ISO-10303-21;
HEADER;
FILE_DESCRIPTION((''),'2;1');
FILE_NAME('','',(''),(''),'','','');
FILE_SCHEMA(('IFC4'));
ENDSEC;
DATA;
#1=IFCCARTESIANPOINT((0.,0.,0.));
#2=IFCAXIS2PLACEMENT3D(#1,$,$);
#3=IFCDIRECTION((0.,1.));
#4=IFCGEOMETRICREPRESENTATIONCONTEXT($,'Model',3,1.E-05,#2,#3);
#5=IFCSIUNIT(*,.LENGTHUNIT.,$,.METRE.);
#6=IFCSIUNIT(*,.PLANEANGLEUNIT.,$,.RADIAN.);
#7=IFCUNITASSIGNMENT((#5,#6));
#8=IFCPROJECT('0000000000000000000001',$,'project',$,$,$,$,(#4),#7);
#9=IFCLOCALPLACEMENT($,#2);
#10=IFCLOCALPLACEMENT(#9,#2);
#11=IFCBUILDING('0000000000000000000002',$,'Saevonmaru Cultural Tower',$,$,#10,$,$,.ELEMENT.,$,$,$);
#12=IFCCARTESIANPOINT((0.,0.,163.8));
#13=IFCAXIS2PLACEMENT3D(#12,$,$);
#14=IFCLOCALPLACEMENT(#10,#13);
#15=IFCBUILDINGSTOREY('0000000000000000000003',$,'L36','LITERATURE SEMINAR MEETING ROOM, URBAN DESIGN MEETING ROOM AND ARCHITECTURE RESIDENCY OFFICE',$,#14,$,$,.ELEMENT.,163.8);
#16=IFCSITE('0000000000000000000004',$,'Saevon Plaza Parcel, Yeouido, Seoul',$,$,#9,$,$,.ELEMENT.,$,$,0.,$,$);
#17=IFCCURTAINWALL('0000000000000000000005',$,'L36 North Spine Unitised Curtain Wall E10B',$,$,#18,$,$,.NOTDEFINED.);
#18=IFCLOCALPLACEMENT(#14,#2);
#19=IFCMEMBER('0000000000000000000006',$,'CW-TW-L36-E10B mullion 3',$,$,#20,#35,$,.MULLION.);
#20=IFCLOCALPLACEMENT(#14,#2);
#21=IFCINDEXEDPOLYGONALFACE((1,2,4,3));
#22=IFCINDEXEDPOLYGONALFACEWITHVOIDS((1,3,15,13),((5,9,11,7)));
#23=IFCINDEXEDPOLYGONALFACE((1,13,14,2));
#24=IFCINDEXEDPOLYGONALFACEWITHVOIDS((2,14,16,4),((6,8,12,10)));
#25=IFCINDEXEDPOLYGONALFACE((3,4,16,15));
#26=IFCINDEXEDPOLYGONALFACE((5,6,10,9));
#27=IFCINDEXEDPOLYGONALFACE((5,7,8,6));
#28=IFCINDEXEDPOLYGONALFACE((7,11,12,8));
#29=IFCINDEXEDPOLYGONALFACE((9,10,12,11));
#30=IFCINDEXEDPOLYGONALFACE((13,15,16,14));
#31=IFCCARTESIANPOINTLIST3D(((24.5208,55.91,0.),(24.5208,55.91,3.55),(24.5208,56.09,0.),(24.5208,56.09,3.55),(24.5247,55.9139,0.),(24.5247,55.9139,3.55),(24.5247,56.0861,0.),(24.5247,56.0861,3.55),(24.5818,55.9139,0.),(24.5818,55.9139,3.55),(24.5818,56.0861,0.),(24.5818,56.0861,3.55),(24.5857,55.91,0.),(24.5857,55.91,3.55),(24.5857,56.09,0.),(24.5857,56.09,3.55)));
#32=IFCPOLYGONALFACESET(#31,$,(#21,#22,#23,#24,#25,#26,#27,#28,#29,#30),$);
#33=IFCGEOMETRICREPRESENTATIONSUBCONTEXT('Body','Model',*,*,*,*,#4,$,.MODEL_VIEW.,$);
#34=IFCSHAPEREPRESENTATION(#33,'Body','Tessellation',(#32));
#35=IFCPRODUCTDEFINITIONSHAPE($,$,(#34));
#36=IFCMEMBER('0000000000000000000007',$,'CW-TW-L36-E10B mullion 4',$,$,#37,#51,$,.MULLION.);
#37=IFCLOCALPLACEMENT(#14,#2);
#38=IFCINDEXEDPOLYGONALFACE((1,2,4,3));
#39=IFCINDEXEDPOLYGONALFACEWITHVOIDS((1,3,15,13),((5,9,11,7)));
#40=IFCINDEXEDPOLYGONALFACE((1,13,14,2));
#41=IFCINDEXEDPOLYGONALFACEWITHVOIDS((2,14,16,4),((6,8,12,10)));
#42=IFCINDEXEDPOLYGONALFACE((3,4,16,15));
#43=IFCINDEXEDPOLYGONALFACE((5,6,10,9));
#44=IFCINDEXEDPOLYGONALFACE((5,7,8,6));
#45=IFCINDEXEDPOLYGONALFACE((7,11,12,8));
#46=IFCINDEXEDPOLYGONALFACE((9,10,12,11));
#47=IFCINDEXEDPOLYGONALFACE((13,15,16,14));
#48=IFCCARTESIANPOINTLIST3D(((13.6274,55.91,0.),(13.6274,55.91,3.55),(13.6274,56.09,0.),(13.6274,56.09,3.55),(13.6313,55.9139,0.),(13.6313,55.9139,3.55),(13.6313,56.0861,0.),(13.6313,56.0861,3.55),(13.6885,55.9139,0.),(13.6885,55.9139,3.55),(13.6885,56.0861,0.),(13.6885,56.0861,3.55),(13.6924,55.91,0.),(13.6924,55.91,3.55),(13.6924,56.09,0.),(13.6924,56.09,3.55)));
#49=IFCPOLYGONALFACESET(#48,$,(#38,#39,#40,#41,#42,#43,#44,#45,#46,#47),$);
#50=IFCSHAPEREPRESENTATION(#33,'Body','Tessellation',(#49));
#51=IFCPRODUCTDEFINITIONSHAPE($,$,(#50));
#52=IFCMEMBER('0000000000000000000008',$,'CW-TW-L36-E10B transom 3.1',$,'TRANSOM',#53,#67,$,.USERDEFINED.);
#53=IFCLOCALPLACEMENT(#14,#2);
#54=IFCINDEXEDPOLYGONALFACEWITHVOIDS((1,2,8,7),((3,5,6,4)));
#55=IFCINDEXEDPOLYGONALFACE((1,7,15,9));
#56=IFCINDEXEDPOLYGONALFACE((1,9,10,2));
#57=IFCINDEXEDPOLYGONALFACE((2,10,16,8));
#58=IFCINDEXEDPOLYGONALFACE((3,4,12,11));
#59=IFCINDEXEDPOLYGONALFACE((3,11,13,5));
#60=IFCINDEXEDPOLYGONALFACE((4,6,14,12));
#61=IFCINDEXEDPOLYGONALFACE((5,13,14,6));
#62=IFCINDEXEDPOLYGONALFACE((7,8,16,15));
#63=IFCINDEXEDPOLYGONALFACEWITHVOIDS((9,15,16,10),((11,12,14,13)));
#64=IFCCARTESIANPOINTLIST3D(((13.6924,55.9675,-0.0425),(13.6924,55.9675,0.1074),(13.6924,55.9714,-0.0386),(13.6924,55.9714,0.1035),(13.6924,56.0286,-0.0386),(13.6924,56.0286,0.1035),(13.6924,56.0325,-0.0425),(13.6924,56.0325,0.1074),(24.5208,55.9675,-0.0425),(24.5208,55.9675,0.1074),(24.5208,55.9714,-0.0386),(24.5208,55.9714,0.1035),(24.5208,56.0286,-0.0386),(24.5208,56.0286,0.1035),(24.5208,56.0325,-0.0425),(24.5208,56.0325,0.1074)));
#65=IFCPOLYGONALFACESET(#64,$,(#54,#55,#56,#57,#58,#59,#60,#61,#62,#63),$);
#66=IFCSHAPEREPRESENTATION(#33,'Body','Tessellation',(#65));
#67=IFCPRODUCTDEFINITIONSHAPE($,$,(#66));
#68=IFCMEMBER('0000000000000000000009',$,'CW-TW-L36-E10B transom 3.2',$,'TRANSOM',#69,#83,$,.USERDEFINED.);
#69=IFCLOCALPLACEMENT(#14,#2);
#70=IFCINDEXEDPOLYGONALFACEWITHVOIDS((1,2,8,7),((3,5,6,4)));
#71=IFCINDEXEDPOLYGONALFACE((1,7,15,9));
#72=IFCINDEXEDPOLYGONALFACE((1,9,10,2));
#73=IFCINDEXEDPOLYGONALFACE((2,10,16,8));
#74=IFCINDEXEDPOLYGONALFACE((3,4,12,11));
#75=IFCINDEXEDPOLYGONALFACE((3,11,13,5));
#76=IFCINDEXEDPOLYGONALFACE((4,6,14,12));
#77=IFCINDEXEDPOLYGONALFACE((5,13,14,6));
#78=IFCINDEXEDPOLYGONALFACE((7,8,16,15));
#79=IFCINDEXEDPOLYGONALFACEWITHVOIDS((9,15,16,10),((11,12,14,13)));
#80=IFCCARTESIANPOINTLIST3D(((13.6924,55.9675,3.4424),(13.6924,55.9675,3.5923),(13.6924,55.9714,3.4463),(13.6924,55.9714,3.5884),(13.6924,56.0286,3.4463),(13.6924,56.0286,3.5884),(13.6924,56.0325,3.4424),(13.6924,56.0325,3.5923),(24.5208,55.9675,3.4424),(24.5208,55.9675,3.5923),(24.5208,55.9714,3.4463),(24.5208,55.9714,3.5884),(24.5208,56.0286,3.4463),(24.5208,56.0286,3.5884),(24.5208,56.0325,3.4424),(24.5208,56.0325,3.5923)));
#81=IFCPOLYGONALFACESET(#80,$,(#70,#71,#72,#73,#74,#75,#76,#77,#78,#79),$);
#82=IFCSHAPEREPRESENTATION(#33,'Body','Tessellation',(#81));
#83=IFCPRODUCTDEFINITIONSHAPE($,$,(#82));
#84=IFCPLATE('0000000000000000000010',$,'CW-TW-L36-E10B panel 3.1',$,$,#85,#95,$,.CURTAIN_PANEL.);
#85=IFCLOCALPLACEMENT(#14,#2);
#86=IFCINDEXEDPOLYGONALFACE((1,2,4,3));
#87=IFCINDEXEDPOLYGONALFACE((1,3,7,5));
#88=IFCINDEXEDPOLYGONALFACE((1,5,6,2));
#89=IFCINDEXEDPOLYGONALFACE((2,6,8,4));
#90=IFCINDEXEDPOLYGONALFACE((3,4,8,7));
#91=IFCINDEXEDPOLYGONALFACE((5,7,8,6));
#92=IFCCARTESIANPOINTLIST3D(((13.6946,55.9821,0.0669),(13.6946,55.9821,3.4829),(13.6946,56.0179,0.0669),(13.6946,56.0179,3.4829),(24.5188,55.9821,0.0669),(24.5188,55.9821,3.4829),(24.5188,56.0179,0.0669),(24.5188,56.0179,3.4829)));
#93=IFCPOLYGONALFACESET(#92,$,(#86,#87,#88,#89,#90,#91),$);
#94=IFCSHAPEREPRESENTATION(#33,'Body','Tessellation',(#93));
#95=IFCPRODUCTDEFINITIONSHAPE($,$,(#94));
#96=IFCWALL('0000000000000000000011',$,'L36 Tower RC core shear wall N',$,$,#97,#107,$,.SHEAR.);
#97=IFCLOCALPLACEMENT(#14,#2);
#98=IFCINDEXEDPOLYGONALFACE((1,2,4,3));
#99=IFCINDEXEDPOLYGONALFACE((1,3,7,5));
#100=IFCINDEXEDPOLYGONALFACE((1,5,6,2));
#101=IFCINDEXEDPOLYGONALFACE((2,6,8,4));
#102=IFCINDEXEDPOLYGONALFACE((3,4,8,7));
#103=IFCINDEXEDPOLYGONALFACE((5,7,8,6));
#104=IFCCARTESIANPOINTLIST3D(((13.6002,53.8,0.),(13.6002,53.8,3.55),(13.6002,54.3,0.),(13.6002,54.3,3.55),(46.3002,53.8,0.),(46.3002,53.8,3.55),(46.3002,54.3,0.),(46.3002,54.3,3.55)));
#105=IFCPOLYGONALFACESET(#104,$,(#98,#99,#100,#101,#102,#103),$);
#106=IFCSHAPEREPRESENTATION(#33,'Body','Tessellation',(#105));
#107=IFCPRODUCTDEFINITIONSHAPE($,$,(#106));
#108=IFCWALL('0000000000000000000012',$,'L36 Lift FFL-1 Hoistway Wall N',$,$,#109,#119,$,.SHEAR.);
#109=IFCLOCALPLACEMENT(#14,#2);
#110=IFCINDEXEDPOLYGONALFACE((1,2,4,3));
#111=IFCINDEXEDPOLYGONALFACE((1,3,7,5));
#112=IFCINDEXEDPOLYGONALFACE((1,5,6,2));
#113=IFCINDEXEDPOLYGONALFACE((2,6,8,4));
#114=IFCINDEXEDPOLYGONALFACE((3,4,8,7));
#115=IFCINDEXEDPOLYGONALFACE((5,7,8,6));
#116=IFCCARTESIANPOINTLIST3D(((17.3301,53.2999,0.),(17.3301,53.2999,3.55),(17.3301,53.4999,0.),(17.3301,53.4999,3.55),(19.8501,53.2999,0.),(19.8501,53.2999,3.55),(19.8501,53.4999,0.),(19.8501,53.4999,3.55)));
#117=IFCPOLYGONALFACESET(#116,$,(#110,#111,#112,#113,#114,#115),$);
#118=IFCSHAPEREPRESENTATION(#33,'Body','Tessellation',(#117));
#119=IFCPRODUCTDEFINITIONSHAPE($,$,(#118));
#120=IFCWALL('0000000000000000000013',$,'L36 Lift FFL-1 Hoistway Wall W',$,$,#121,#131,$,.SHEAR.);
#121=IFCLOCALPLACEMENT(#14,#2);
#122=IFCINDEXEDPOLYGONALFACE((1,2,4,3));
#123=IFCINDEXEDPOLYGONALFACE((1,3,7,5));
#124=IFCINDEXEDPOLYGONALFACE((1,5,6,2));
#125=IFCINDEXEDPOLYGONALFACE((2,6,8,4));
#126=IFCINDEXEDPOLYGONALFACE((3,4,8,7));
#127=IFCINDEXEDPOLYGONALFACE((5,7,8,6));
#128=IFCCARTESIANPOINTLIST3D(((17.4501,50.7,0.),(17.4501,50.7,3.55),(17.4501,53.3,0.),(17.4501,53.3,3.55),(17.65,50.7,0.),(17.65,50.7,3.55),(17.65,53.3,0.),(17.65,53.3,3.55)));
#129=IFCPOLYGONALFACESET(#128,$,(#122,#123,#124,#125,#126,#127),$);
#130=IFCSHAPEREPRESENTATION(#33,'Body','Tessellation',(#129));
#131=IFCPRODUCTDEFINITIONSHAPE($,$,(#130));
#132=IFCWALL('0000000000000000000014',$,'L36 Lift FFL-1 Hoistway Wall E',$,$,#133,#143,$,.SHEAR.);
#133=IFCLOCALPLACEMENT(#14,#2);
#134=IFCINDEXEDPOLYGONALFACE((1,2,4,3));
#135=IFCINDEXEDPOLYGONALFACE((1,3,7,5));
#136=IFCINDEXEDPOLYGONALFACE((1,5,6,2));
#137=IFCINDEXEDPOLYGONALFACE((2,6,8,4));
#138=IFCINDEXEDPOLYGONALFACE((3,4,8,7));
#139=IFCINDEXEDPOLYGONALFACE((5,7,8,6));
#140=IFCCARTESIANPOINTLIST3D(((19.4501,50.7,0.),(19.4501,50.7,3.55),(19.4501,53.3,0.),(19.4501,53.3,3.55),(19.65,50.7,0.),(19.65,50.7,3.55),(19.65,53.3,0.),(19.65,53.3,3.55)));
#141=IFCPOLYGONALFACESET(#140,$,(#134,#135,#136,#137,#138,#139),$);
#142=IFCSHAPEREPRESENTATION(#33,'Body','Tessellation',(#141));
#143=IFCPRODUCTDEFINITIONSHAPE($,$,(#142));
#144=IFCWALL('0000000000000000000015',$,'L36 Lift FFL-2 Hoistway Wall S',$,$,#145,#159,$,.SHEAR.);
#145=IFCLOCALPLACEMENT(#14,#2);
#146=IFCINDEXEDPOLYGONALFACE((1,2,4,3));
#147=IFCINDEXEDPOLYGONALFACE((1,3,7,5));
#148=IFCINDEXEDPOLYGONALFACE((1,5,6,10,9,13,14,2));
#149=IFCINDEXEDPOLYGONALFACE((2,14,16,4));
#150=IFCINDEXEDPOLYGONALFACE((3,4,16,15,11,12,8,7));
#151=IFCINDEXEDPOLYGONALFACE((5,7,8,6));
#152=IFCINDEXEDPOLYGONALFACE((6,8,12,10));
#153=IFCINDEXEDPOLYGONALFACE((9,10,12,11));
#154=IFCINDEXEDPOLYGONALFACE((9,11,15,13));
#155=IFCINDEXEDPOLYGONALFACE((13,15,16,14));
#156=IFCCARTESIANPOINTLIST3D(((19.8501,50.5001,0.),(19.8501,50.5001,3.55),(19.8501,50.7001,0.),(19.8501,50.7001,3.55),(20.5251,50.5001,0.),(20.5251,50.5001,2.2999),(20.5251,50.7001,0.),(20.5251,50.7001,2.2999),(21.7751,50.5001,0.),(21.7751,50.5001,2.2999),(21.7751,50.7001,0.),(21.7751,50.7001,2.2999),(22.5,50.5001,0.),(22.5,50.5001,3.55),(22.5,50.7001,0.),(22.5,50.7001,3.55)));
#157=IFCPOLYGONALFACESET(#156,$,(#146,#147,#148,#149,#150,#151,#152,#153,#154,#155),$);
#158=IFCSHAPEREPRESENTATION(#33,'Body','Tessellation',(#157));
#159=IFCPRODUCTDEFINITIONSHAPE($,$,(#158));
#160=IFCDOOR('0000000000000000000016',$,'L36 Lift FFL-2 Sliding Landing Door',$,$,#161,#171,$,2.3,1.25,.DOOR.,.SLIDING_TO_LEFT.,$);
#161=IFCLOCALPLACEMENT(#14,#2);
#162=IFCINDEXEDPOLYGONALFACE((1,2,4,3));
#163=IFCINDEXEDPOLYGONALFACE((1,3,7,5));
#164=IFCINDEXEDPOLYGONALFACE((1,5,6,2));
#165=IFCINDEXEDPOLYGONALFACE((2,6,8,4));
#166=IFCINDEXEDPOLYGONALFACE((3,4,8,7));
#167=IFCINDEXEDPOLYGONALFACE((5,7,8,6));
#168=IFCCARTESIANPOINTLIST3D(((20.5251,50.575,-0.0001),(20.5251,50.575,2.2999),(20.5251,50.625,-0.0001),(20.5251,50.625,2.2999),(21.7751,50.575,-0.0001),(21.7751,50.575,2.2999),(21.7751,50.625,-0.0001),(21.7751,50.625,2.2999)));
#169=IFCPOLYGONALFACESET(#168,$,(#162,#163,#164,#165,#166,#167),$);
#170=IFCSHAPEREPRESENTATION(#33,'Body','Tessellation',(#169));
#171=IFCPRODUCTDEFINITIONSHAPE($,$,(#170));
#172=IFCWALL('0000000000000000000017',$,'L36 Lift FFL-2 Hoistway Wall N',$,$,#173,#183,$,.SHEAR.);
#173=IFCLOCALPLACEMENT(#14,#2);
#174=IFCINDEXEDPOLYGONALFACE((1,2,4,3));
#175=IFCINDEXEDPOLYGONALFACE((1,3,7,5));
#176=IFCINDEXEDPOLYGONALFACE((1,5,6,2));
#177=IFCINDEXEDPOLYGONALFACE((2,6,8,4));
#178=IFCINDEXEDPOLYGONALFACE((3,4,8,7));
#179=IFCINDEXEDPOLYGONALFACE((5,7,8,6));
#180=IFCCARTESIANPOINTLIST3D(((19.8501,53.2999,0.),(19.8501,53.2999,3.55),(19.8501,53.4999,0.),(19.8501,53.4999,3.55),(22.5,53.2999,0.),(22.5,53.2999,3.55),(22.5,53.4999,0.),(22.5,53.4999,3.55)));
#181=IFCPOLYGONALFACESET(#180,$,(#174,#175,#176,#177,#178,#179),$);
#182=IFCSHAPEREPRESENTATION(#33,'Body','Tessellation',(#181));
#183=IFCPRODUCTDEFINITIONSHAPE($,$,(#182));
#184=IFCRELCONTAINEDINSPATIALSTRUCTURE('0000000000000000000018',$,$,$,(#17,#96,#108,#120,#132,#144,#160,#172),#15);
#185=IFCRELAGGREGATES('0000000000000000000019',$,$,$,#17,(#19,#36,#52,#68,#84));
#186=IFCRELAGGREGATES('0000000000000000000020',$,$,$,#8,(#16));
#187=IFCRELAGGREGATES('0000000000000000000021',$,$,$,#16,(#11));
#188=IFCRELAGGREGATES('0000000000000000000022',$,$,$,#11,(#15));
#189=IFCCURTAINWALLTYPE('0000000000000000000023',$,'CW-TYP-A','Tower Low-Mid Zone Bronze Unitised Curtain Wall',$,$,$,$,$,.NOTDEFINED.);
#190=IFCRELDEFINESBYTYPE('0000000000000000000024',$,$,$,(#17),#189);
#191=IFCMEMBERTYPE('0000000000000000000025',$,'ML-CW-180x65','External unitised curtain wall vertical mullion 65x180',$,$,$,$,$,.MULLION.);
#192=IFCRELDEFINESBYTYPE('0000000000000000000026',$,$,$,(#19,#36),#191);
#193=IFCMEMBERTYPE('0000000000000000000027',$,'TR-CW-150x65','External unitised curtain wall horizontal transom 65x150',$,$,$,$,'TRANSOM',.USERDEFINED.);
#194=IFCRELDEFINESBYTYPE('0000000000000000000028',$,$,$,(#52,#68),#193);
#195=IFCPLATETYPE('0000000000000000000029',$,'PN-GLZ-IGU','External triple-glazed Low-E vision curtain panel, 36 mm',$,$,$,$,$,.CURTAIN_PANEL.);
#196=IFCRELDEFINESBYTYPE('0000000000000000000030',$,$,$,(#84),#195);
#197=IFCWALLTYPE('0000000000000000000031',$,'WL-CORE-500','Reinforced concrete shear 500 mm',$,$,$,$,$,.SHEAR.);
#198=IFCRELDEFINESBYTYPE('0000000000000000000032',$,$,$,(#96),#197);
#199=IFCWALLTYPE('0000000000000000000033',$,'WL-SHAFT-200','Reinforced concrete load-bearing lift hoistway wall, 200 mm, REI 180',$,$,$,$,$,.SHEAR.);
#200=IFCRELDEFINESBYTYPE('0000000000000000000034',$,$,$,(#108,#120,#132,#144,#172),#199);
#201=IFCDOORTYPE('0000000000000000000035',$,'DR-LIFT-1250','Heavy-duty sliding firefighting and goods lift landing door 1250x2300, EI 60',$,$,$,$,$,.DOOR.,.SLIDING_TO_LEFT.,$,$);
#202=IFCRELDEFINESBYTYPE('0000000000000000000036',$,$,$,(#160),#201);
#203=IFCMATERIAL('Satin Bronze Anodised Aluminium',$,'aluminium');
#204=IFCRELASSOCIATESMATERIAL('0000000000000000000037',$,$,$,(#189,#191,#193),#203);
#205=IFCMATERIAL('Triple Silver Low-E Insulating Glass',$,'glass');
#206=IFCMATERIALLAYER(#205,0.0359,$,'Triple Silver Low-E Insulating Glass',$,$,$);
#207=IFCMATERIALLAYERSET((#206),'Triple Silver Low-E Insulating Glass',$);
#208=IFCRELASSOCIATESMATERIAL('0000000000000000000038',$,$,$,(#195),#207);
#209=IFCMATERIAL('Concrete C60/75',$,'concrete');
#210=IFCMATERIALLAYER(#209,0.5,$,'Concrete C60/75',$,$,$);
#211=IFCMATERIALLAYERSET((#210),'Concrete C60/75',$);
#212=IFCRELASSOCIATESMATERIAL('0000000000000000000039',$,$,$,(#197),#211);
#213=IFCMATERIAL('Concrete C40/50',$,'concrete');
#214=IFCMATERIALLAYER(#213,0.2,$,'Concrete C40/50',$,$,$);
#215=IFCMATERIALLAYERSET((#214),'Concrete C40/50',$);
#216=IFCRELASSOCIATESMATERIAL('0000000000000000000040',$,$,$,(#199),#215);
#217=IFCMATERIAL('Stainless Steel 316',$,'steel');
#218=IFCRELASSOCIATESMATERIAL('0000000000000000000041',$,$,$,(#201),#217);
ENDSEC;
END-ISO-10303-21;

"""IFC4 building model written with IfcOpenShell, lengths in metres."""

from ifc_helpers import new_model, si_unit, direction, frame, frame_2d, origin, origin_2d, place, context, subcontext, project, spatial, rectangle, hollow_rectangle, extrude, material, layer, layer_set, material_profile, profile_set, type_object, element, fill, aggregate, save


model = new_model("IFC4")

# Units and contexts
model_context = context("Model", 3, precision=1e-05, world=origin(), true_north=direction((0.0, 1.0)))
body_context = subcontext(model_context, "Body", "Model", "MODEL_VIEW")
ifc_project = project(units=[si_unit("LENGTHUNIT", "METRE"), si_unit("PLANEANGLEUNIT", "RADIAN")], contexts=[model_context])

# Site, building, storey
site_placement = place(None, origin())
site = spatial("IfcSite", under=ifc_project, at=site_placement, Name="Saevon Plaza Parcel, Yeouido, Seoul", CompositionType="ELEMENT", RefElevation=0.0)
building_placement = place(site_placement, origin())
building = spatial("IfcBuilding", under=site, at=building_placement, Name="Saevonmaru Cultural Tower", CompositionType="ELEMENT")
storey_placement = place(building_placement, frame((0.0, 0.0, 163.8)))
storey = spatial("IfcBuildingStorey", under=building, at=storey_placement, Name="L36", Description="LITERATURE SEMINAR MEETING ROOM, URBAN DESIGN MEETING ROOM AND ARCHITECTURE RESIDENCY OFFICE", CompositionType="ELEMENT", Elevation=163.8)

# Curtain wall, members, plate
ifc_material_1 = material(Name="Satin Bronze Anodised Aluminium", Category="aluminium")
curtain_wall_type = type_object("IfcCurtainWallType", Name="CW-TYP-A", Description="Tower Low-Mid Zone Bronze Unitised Curtain Wall", PredefinedType="NOTDEFINED", material=ifc_material_1)
curtain_wall_placement = place(storey_placement, origin())
curtain_wall = element("IfcCurtainWall", 1, at=curtain_wall_placement, inside=storey, type_object=curtain_wall_type, Name="L36 North Spine Unitised Curtain Wall E10B", PredefinedType="NOTDEFINED")
ifc_material_profile_1 = material_profile(ifc_material_1, hollow_rectangle(XDim=0.0649, YDim=0.1799, WallThickness=0.0039, at=origin_2d()), Name="ALU-MULL-180x65x4")
ifc_profile_set_1 = profile_set([ifc_material_profile_1], Name="Satin Bronze Anodised Aluminium")
member_type_1 = type_object("IfcMemberType", Name="ML-CW-180x65", Description="External unitised curtain wall vertical mullion 65x180", PredefinedType="MULLION", material=ifc_profile_set_1)
member_1_placement = place(storey_placement, frame((24.5532, 56.0, 0.0), z_axis=(0.0, 0.0, 1.0), x_axis=(-1.0, 0.0, 0.0)))
member_1 = element("IfcMember", 2, at=member_1_placement, type_object=member_type_1, Name="CW-TW-L36-E10B mullion 3", PredefinedType="MULLION", context=body_context, shape_type="SweptSolid", body=[
    extrude(hollow_rectangle(XDim=0.0649, YDim=0.1799, WallThickness=0.0039, at=origin_2d()), origin(), (0.0, 0.0, 1.0), 3.55),
])
member_2_placement = place(storey_placement, frame((13.6599, 56.0, 0.0), z_axis=(0.0, 0.0, 1.0), x_axis=(-1.0, 0.0, 0.0)))
member_2 = element("IfcMember", 3, at=member_2_placement, type_object=member_type_1, Name="CW-TW-L36-E10B mullion 4", PredefinedType="MULLION", context=body_context, shape_type="SweptSolid", body=[
    extrude(hollow_rectangle(XDim=0.0649, YDim=0.1799, WallThickness=0.0039, at=origin_2d()), origin(), (0.0, 0.0, 1.0), 3.55),
])
ifc_material_profile_2 = material_profile(ifc_material_1, hollow_rectangle(XDim=0.0649, YDim=0.1499, WallThickness=0.0039, at=origin_2d()), Name="ALU-TRAN-150x65x4")
ifc_profile_set_2 = profile_set([ifc_material_profile_2], Name="Satin Bronze Anodised Aluminium")
member_type_2 = type_object("IfcMemberType", Name="TR-CW-150x65", Description="External unitised curtain wall horizontal transom 65x150", ElementType="TRANSOM", PredefinedType="USERDEFINED", material=ifc_profile_set_2)
member_3_placement = place(storey_placement, frame((24.5208, 56.0, 0.0325), z_axis=(-1.0, 0.0, 0.0), x_axis=(0.0, -1.0, 0.0)))
member_3 = element("IfcMember", 4, at=member_3_placement, type_object=member_type_2, Name="CW-TW-L36-E10B transom 3.1", ObjectType="TRANSOM", PredefinedType="USERDEFINED", context=body_context, shape_type="SweptSolid", body=[
    extrude(hollow_rectangle(XDim=0.0649, YDim=0.1499, WallThickness=0.0039, at=origin_2d()), origin(), (0.0, 0.0, 1.0), 10.8284),
])
member_4_placement = place(storey_placement, frame((24.5208, 56.0, 3.5173), z_axis=(-1.0, 0.0, 0.0), x_axis=(0.0, -1.0, 0.0)))
member_4 = element("IfcMember", 5, at=member_4_placement, type_object=member_type_2, Name="CW-TW-L36-E10B transom 3.2", ObjectType="TRANSOM", PredefinedType="USERDEFINED", context=body_context, shape_type="SweptSolid", body=[
    extrude(hollow_rectangle(XDim=0.0649, YDim=0.1499, WallThickness=0.0039, at=origin_2d()), origin(), (0.0, 0.0, 1.0), 10.8284),
])
ifc_material_2 = material(Name="Triple Silver Low-E Insulating Glass", Category="glass")
ifc_layer_1 = layer(ifc_material_2, 0.0359, Name="Triple Silver Low-E Insulating Glass")
ifc_layer_set_1 = layer_set([ifc_layer_1], Name="Triple Silver Low-E Insulating Glass")
plate_type = type_object("IfcPlateType", Name="PN-GLZ-IGU", Description="External triple-glazed Low-E vision curtain panel, 36 mm", PredefinedType="CURTAIN_PANEL", material=ifc_layer_set_1)
plate_placement = place(storey_placement, frame((19.1067, 56.0, 0.0669), z_axis=(0.0, 0.0, 1.0), x_axis=(-1.0, 0.0, 0.0)))
plate = element("IfcPlate", 6, at=plate_placement, type_object=plate_type, Name="CW-TW-L36-E10B panel 3.1", PredefinedType="CURTAIN_PANEL", context=body_context, shape_type="SweptSolid", body=[
    extrude(rectangle(XDim=10.8242, YDim=0.0359, at=origin_2d()), origin(), (0.0, 0.0, 1.0), 3.416),
])
aggregate(curtain_wall, [member_1, member_2, member_3, member_4, plate])

# Walls
ifc_material_3 = material(Name="Concrete C60/75", Category="concrete")
ifc_layer_2 = layer(ifc_material_3, 0.5, Name="Concrete C60/75")
ifc_layer_set_2 = layer_set([ifc_layer_2], Name="Concrete C60/75")
wall_type_1 = type_object("IfcWallType", Name="WL-CORE-500", Description="Reinforced concrete shear 500 mm", PredefinedType="SHEAR", material=ifc_layer_set_2)
wall_1_placement = place(storey_placement, frame((13.6001, 54.05, 0.0), z_axis=(0.0, 0.0, 1.0), x_axis=(1.0, 0.0, 0.0)))
element("IfcWall", 7, at=wall_1_placement, inside=storey, type_object=wall_type_1, Name="L36 Tower RC core shear wall N", PredefinedType="SHEAR", context=body_context, shape_type="SweptSolid", body=[
    extrude(rectangle(XDim=32.7, YDim=0.5, at=frame_2d((16.3501, 0.0))), origin(), (0.0, 0.0, 1.0), 3.55),
])
ifc_material_4 = material(Name="Concrete C40/50", Category="concrete")
ifc_layer_3 = layer(ifc_material_4, 0.2, Name="Concrete C40/50")
ifc_layer_set_3 = layer_set([ifc_layer_3], Name="Concrete C40/50")
wall_type_2 = type_object("IfcWallType", Name="WL-SHAFT-200", Description="Reinforced concrete load-bearing lift hoistway wall, 200 mm, REI 180", PredefinedType="SHEAR", material=ifc_layer_set_3)
wall_2_placement = place(storey_placement, frame((17.3301, 53.3999, 0.0), z_axis=(0.0, 0.0, 1.0), x_axis=(1.0, 0.0, 0.0)))
element("IfcWall", 8, at=wall_2_placement, inside=storey, type_object=wall_type_2, Name="L36 Lift FFL-1 Hoistway Wall N", PredefinedType="SHEAR", context=body_context, shape_type="SweptSolid", body=[
    extrude(rectangle(XDim=2.52, YDim=0.2, at=frame_2d((1.26, 0.0))), origin(), (0.0, 0.0, 1.0), 3.55),
])
for number, where, z_axis, x_axis, name in (
    (9, (17.55, 50.7, 0.0), (0.0, 0.0, 1.0), (0.0, 1.0, 0.0), "L36 Lift FFL-1 Hoistway Wall W"),
    (10, (19.55, 50.7, 0.0), (0.0, 0.0, 1.0), (0.0, 1.0, 0.0), "L36 Lift FFL-1 Hoistway Wall E"),
):
    element("IfcWall", number, at=place(storey_placement, frame(where, z_axis=z_axis, x_axis=x_axis)), inside=storey, type_object=wall_type_2, Name=name, PredefinedType="SHEAR", context=body_context, shape_type="SweptSolid", body=[
        extrude(rectangle(XDim=2.6001, YDim=0.2, at=frame_2d((1.3, 0.0))), origin(), (0.0, 0.0, 1.0), 3.55),
    ])

# Wall, opening, door
wall_3_placement = place(storey_placement, frame((19.8501, 50.6001, 0.0), z_axis=(0.0, 0.0, 1.0), x_axis=(1.0, 0.0, 0.0)))
wall_3 = element("IfcWall", 11, at=wall_3_placement, inside=storey, type_object=wall_type_2, Name="L36 Lift FFL-2 Hoistway Wall S", PredefinedType="SHEAR", context=body_context, shape_type="SweptSolid", body=[
    extrude(rectangle(XDim=2.6499, YDim=0.2, at=frame_2d((1.325, 0.0))), origin(), (0.0, 0.0, 1.0), 3.55),
])
opening_1_placement = place(wall_3_placement, frame((0.675, 0.0, 0.0)))
opening_1 = element("IfcOpeningElement", 12, at=opening_1_placement, cuts=wall_3, PredefinedType="OPENING", context=body_context, shape_type="SweptSolid", body=[
    extrude(rectangle(XDim=1.25, YDim=2.3, at=frame_2d((0.625, 1.1499))), frame((0.0, 0.1099, 0.0), z_axis=(0.0, -1.0, 0.0), x_axis=(1.0, 0.0, 0.0)), (0.0, 0.0, 1.0), 0.22),
])
ifc_material_5 = material(Name="Stainless Steel 316", Category="steel")
door_type = type_object("IfcDoorType", Name="DR-LIFT-1250", Description="Heavy-duty sliding firefighting and goods lift landing door 1250x2300, EI 60", OperationType="SLIDING_TO_LEFT", PredefinedType="DOOR", material=ifc_material_5)
door_1_placement = place(opening_1_placement, origin())
door_1 = element("IfcDoor", 13, at=door_1_placement, inside=storey, type_object=door_type, Name="L36 Lift FFL-2 Sliding Landing Door", OperationType="SLIDING_TO_LEFT", OverallHeight=2.3, OverallWidth=1.25, PredefinedType="DOOR", context=body_context, shape_type="SweptSolid", body=[
    extrude(rectangle(XDim=1.25, YDim=2.3, at=frame_2d((0.625, 1.1499))), frame((0.0, 0.0249, 0.0), z_axis=(0.0, -1.0, 0.0), x_axis=(1.0, 0.0, 0.0)), (0.0, 0.0, 1.0), 0.05),
])
fill(opening_1, door_1)

# Wall
wall_4_placement = place(storey_placement, frame((19.8501, 53.3999, 0.0), z_axis=(0.0, 0.0, 1.0), x_axis=(1.0, 0.0, 0.0)))
element("IfcWall", 14, at=wall_4_placement, inside=storey, type_object=wall_type_2, Name="L36 Lift FFL-2 Hoistway Wall N", PredefinedType="SHEAR", context=body_context, shape_type="SweptSolid", body=[
    extrude(rectangle(XDim=2.6499, YDim=0.2, at=frame_2d((1.325, 0.0))), origin(), (0.0, 0.0, 1.0), 3.55),
])

save(model, "model.ifc")
